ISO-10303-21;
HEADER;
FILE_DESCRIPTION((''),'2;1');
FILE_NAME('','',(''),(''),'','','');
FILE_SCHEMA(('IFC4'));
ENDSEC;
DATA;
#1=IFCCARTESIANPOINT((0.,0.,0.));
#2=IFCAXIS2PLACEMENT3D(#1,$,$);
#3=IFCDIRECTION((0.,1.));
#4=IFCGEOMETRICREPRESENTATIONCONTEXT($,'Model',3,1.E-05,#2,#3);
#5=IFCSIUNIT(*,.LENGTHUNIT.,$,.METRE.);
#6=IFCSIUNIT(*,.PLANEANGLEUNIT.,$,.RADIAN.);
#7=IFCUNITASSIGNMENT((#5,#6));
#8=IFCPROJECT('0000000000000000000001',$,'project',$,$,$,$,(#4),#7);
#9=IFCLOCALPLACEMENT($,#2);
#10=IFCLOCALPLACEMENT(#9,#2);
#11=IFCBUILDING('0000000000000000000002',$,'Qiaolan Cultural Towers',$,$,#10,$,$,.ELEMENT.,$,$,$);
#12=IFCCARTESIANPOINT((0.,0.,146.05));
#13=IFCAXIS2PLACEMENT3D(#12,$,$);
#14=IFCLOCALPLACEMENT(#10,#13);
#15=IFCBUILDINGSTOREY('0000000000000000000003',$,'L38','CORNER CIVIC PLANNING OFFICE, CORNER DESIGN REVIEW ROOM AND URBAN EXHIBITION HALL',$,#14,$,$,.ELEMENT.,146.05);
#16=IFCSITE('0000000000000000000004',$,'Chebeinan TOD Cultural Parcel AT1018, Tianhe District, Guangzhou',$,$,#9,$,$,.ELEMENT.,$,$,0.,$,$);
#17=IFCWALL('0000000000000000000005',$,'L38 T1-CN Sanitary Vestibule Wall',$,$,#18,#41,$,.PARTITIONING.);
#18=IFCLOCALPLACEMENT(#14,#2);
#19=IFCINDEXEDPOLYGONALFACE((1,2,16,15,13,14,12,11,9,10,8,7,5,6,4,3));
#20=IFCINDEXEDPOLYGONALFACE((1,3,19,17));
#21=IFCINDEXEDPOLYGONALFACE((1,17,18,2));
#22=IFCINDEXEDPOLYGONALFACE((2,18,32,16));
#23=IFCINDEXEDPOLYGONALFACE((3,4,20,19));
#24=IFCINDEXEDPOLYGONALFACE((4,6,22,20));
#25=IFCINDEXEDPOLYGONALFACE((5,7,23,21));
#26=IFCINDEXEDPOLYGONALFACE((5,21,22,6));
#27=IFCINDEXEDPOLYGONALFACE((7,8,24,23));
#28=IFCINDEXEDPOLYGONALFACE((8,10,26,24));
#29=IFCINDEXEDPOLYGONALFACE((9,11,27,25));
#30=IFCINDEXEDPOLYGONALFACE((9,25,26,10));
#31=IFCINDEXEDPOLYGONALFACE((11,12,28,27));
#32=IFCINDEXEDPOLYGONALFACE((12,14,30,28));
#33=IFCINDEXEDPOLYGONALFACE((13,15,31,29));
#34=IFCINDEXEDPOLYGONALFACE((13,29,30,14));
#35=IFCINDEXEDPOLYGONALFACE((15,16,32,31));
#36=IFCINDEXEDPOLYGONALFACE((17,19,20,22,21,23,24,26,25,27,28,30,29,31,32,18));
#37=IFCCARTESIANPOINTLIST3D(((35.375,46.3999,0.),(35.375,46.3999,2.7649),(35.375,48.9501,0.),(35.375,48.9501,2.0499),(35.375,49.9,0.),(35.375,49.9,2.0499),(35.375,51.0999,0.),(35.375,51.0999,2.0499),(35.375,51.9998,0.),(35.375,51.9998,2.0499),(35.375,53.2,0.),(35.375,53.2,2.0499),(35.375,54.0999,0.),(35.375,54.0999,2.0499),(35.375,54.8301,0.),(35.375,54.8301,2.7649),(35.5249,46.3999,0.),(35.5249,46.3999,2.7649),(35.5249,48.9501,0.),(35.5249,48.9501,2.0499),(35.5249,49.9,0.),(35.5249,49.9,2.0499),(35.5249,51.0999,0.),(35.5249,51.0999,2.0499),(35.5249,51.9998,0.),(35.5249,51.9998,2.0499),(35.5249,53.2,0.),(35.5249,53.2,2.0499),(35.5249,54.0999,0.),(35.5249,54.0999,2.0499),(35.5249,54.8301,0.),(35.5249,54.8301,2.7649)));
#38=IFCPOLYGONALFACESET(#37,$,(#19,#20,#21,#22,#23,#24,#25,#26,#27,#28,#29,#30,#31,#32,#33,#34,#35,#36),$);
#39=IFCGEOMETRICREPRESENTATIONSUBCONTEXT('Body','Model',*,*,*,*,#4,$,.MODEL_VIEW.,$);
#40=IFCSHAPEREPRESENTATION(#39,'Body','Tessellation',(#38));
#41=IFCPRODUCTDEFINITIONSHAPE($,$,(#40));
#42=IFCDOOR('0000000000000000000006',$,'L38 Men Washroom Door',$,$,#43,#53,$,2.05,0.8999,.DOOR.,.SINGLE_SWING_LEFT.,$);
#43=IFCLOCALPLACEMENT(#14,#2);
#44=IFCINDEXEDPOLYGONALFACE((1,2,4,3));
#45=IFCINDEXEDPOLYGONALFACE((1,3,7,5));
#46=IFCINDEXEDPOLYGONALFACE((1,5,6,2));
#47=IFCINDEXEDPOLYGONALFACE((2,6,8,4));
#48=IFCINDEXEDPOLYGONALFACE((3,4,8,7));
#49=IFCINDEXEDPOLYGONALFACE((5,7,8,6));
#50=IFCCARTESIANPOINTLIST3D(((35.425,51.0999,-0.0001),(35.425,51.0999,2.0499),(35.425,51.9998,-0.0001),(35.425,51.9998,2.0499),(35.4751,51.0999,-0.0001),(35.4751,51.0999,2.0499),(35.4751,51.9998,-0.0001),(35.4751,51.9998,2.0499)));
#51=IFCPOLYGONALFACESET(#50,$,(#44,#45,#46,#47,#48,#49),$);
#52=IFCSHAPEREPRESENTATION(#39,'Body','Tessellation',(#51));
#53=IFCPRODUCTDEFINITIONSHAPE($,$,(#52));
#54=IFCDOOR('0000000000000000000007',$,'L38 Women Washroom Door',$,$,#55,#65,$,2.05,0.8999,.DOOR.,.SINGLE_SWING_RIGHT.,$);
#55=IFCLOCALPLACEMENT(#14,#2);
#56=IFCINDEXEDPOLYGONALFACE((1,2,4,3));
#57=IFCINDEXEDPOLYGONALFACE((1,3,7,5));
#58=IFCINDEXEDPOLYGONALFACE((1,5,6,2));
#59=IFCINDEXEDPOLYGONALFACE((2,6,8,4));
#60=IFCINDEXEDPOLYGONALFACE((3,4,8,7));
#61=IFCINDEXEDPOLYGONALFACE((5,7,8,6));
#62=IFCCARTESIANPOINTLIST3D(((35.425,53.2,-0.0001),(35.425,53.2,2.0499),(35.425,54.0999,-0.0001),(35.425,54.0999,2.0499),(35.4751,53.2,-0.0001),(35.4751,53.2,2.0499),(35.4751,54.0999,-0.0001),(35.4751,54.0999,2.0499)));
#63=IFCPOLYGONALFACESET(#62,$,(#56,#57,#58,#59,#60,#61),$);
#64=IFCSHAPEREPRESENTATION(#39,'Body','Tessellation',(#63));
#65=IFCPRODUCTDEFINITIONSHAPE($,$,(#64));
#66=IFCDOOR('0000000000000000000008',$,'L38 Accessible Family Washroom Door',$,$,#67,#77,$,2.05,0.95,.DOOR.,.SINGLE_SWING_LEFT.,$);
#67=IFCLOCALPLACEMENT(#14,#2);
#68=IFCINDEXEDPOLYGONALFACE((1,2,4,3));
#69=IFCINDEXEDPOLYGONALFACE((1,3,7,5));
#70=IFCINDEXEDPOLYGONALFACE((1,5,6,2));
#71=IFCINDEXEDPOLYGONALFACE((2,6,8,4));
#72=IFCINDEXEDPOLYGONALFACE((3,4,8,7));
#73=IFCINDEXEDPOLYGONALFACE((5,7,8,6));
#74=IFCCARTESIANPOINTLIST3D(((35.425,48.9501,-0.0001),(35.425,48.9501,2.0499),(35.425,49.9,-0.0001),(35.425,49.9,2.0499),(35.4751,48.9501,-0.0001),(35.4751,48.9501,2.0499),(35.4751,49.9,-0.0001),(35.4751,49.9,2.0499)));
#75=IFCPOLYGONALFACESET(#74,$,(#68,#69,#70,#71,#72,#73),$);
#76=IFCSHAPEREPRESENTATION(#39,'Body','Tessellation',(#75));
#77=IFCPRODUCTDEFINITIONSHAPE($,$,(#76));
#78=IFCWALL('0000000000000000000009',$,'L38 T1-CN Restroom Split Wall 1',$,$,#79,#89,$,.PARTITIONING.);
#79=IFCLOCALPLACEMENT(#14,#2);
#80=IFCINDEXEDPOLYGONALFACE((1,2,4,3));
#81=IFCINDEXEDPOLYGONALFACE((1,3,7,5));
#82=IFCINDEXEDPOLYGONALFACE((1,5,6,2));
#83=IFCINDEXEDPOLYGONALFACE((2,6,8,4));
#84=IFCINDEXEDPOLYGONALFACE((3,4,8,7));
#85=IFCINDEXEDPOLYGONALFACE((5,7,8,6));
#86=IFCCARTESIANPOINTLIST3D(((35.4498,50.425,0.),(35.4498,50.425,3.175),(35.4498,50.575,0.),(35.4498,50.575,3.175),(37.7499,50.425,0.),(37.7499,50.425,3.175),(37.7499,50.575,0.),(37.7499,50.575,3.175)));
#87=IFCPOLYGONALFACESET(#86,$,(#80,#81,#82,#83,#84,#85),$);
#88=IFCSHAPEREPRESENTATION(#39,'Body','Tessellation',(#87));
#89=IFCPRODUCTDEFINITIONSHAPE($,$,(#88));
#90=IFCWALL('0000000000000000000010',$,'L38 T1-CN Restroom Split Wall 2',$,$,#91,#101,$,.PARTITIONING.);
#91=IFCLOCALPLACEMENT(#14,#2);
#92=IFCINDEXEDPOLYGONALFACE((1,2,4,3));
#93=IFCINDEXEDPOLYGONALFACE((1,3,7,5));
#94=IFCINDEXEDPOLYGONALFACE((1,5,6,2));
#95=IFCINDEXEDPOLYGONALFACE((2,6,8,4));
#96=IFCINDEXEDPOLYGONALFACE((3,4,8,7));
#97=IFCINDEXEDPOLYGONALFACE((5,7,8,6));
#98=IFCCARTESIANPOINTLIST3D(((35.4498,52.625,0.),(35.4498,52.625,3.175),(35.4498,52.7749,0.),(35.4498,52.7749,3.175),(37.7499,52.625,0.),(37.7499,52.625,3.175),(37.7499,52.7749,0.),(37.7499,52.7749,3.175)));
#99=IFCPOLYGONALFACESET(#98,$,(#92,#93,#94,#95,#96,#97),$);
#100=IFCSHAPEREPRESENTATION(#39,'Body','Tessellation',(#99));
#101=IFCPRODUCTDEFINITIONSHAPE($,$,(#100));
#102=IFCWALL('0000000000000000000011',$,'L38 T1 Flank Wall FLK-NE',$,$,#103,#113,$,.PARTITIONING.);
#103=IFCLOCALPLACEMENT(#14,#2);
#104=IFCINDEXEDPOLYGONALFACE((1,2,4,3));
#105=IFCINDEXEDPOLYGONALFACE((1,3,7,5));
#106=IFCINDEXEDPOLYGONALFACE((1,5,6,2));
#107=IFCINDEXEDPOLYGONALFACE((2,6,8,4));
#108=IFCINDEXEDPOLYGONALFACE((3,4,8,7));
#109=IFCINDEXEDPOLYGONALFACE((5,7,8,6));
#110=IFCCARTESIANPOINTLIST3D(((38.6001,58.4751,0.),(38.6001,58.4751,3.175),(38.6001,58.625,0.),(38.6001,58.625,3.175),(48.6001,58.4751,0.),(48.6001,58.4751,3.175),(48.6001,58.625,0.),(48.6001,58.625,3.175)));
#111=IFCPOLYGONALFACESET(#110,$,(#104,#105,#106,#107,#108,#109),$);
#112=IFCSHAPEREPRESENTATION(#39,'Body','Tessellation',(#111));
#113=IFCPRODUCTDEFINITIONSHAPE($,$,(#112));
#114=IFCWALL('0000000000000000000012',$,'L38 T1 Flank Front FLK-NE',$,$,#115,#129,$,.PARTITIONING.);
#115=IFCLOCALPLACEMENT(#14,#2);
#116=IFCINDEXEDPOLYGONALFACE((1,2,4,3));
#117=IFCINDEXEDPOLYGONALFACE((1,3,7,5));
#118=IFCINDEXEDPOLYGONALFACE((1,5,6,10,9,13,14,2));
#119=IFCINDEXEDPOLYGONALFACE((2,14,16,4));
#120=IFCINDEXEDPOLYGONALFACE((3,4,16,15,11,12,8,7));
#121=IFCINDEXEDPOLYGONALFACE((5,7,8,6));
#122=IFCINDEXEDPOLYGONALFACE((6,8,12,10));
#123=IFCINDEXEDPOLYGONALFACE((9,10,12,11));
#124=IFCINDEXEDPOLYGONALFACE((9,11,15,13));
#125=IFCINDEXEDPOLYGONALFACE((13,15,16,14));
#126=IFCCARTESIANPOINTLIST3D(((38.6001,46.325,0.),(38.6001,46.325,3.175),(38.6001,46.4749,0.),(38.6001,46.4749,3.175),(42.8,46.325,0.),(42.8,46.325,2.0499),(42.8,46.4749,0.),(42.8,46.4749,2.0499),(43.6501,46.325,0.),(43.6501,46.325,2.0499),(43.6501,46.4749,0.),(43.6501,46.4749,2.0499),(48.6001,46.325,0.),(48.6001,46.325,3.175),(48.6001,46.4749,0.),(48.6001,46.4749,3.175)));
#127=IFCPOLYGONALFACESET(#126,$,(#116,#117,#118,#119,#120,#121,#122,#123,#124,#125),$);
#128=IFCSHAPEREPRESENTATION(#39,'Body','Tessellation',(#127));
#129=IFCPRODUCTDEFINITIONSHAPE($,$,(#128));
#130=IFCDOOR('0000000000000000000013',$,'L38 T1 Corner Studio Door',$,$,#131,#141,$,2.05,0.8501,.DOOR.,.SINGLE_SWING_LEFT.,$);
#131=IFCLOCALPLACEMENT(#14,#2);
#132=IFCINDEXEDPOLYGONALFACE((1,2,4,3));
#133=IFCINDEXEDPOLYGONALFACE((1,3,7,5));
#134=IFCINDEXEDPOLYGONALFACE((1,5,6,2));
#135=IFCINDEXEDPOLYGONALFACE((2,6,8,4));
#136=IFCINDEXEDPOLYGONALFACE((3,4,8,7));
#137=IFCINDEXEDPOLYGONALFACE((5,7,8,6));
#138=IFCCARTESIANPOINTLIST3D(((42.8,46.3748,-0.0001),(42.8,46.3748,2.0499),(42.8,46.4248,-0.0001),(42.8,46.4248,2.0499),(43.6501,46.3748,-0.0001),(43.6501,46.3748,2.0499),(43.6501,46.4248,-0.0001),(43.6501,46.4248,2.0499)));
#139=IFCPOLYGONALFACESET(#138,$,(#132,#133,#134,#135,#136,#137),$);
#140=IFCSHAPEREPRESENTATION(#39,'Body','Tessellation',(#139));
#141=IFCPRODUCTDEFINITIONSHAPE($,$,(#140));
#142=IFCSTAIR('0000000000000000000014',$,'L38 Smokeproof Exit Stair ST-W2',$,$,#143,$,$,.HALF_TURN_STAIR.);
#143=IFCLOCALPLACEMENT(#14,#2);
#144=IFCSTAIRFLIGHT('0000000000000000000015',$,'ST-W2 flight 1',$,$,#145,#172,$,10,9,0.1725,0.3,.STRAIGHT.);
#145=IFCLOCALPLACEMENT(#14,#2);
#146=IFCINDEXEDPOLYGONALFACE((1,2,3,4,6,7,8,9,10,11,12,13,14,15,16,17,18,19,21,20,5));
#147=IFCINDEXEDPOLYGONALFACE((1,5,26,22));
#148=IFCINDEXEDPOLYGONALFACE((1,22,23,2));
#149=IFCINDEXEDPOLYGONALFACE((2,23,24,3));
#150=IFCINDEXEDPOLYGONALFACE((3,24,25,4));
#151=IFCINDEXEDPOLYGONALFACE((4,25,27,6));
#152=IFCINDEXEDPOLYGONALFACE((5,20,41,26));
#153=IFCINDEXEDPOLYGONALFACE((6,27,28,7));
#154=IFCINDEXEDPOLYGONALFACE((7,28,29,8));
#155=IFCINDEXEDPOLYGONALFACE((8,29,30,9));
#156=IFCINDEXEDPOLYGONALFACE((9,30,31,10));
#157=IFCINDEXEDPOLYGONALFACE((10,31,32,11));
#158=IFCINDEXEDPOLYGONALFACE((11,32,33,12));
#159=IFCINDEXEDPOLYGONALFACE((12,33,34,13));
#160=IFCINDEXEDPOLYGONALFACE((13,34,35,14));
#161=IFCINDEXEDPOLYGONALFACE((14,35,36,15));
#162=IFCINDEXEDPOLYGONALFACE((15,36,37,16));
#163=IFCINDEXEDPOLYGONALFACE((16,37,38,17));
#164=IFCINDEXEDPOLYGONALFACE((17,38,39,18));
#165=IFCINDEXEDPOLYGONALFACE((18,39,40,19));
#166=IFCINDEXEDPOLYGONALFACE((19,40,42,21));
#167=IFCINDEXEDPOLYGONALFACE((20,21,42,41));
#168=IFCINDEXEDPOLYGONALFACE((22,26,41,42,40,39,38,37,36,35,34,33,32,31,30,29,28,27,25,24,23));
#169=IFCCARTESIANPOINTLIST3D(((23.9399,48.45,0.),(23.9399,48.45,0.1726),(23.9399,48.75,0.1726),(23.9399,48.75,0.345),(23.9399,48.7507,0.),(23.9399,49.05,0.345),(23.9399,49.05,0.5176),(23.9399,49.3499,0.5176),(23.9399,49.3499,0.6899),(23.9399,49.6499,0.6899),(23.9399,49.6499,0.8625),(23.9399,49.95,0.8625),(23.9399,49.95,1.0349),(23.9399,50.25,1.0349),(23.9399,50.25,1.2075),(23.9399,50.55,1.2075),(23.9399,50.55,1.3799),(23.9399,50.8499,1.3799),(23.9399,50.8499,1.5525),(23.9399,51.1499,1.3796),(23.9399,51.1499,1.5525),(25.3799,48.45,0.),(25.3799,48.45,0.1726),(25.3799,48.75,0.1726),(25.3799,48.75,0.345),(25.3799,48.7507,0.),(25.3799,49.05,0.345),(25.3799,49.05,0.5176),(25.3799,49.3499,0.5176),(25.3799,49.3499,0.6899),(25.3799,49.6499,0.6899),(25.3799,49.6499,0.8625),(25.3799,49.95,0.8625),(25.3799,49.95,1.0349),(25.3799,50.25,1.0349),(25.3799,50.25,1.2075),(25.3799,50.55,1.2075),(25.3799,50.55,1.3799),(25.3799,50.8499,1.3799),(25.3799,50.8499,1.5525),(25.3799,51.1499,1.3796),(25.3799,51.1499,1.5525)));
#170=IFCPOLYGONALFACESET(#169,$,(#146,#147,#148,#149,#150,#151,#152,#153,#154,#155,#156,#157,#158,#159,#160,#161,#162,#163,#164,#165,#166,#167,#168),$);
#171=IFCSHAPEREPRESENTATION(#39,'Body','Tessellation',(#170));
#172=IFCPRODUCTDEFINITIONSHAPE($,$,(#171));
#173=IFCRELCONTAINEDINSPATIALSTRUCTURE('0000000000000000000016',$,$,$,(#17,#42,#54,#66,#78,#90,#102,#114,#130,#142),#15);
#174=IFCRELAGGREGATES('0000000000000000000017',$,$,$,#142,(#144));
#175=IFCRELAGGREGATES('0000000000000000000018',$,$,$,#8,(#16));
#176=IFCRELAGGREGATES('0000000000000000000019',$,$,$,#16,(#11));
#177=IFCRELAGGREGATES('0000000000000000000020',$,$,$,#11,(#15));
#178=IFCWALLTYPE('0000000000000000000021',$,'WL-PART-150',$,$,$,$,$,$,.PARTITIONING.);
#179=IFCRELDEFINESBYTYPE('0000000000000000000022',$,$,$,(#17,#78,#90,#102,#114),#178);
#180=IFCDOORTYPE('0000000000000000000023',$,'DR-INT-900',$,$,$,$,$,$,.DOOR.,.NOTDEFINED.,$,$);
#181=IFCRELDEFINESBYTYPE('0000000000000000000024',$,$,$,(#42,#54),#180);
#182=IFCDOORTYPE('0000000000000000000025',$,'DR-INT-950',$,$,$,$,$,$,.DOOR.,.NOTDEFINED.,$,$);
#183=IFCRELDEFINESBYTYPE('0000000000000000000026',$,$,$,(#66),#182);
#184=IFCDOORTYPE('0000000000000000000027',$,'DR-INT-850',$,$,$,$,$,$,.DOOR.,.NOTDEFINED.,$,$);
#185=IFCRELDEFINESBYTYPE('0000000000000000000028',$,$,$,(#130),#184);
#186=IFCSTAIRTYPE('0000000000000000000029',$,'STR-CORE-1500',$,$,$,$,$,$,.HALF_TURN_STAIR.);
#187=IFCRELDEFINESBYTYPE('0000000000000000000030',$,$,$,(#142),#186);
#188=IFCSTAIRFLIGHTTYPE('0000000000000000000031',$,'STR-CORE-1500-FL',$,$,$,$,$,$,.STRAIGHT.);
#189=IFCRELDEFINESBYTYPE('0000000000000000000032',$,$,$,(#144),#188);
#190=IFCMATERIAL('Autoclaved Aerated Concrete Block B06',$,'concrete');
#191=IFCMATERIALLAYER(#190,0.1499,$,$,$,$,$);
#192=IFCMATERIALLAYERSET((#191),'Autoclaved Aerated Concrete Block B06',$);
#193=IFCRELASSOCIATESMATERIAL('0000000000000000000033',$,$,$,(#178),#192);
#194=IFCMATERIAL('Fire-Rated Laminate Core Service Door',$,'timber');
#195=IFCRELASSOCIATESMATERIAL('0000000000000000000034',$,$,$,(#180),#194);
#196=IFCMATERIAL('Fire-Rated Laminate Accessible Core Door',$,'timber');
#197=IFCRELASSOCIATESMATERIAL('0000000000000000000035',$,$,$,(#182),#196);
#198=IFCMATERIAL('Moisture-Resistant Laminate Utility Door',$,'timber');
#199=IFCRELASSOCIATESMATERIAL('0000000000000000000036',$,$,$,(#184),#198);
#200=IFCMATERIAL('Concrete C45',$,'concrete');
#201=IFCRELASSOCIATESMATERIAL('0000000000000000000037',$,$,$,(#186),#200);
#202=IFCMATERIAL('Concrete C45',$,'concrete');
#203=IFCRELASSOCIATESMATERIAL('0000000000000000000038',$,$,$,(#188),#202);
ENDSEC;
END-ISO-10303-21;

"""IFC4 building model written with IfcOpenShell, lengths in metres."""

from ifc_helpers import new_model, si_unit, direction, frame, frame_2d, origin, place, context, subcontext, project, spatial, polyline, rectangle, outline, extrude, material, layer, layer_set, type_object, element, fill, aggregate, save


model = new_model("IFC4")

# Units and contexts
model_context = context("Model", 3, precision=1e-05, world=origin(), true_north=direction((0.0, 1.0)))
body_context = subcontext(model_context, "Body", "Model", "MODEL_VIEW")
ifc_project = project(units=[si_unit("LENGTHUNIT", "METRE"), si_unit("PLANEANGLEUNIT", "RADIAN")], contexts=[model_context])

# Site, building, storey
site_placement = place(None, origin())
site = spatial("IfcSite", under=ifc_project, at=site_placement, Name="Chebeinan TOD Cultural Parcel AT1018, Tianhe District, Guangzhou", CompositionType="ELEMENT", RefElevation=0.0)
building_placement = place(site_placement, origin())
building = spatial("IfcBuilding", under=site, at=building_placement, Name="Qiaolan Cultural Towers", CompositionType="ELEMENT")
storey_placement = place(building_placement, frame((0.0, 0.0, 146.05)))
storey = spatial("IfcBuildingStorey", under=building, at=storey_placement, Name="L38", Description="CORNER CIVIC PLANNING OFFICE, CORNER DESIGN REVIEW ROOM AND URBAN EXHIBITION HALL", CompositionType="ELEMENT", Elevation=146.05)

# Wall, openings, doors
ifc_material_1 = material(Name="Autoclaved Aerated Concrete Block B06", Category="concrete")
ifc_layer_1 = layer(ifc_material_1, 0.1499)
ifc_layer_set_1 = layer_set([ifc_layer_1], Name="Autoclaved Aerated Concrete Block B06")
wall_type_1 = type_object("IfcWallType", Name="WL-PART-150", PredefinedType="PARTITIONING", material=ifc_layer_set_1)
wall_1_placement = place(storey_placement, frame((35.45, 46.3999, 0.0), z_axis=(0.0, 0.0, 1.0), x_axis=(0.0, 1.0, 0.0)))
wall_1 = element("IfcWall", 1, at=wall_1_placement, inside=storey, type_object=wall_type_1, Name="L38 T1-CN Sanitary Vestibule Wall", PredefinedType="PARTITIONING", context=body_context, shape_type="SweptSolid", body=[
    extrude(rectangle(XDim=8.4302, YDim=0.1499, at=frame_2d((4.2151, 0.0))), origin(), (0.0, 0.0, 1.0), 2.7649),
])
opening_1_placement = place(wall_1_placement, frame((2.55, 0.0, 0.0)))
opening_1 = element("IfcOpeningElement", 2, at=opening_1_placement, cuts=wall_1, PredefinedType="OPENING", context=body_context, shape_type="SweptSolid", body=[
    extrude(rectangle(XDim=0.95, YDim=2.05, at=frame_2d((0.4751, 1.0249))), frame((0.0, 0.085, 0.0), z_axis=(0.0, -1.0, 0.0), x_axis=(1.0, 0.0, 0.0)), (0.0, 0.0, 1.0), 0.1699),
])
opening_2_placement = place(wall_1_placement, frame((4.7, 0.0, 0.0)))
opening_2 = element("IfcOpeningElement", 3, at=opening_2_placement, cuts=wall_1, PredefinedType="OPENING", context=body_context, shape_type="SweptSolid", body=[
    extrude(rectangle(XDim=0.8999, YDim=2.05, at=frame_2d((0.45, 1.0249))), frame((0.0, 0.085, 0.0), z_axis=(0.0, -1.0, 0.0), x_axis=(1.0, 0.0, 0.0)), (0.0, 0.0, 1.0), 0.1699),
])
opening_3_placement = place(wall_1_placement, frame((6.8, 0.0, 0.0)))
opening_3 = element("IfcOpeningElement", 4, at=opening_3_placement, cuts=wall_1, PredefinedType="OPENING", context=body_context, shape_type="SweptSolid", body=[
    extrude(rectangle(XDim=0.8999, YDim=2.05, at=frame_2d((0.45, 1.0249))), frame((0.0, 0.085, 0.0), z_axis=(0.0, -1.0, 0.0), x_axis=(1.0, 0.0, 0.0)), (0.0, 0.0, 1.0), 0.1699),
])
ifc_material_2 = material(Name="Fire-Rated Laminate Core Service Door", Category="timber")
door_type_1 = type_object("IfcDoorType", Name="DR-INT-900", OperationType="NOTDEFINED", PredefinedType="DOOR", material=ifc_material_2)
door_1_placement = place(opening_2_placement, origin())
door_1 = element("IfcDoor", 5, at=door_1_placement, inside=storey, type_object=door_type_1, Name="L38 Men Washroom Door", OperationType="SINGLE_SWING_LEFT", OverallHeight=2.05, OverallWidth=0.8999, PredefinedType="DOOR", context=body_context, shape_type="SweptSolid", body=[
    extrude(rectangle(XDim=0.8999, YDim=2.05, at=frame_2d((0.45, 1.0249))), frame((0.0, 0.0249, 0.0), z_axis=(0.0, -1.0, 0.0), x_axis=(1.0, 0.0, 0.0)), (0.0, 0.0, 1.0), 0.05),
])
fill(opening_2, door_1)
door_2_placement = place(opening_3_placement, origin())
door_2 = element("IfcDoor", 6, at=door_2_placement, inside=storey, type_object=door_type_1, Name="L38 Women Washroom Door", OperationType="SINGLE_SWING_RIGHT", OverallHeight=2.05, OverallWidth=0.8999, PredefinedType="DOOR", context=body_context, shape_type="SweptSolid", body=[
    extrude(rectangle(XDim=0.8999, YDim=2.05, at=frame_2d((0.45, 1.0249))), frame((0.0, 0.0249, 0.0), z_axis=(0.0, -1.0, 0.0), x_axis=(1.0, 0.0, 0.0)), (0.0, 0.0, 1.0), 0.05),
])
fill(opening_3, door_2)
ifc_material_3 = material(Name="Fire-Rated Laminate Accessible Core Door", Category="timber")
door_type_2 = type_object("IfcDoorType", Name="DR-INT-950", OperationType="NOTDEFINED", PredefinedType="DOOR", material=ifc_material_3)
door_3_placement = place(opening_1_placement, origin())
door_3 = element("IfcDoor", 7, at=door_3_placement, inside=storey, type_object=door_type_2, Name="L38 Accessible Family Washroom Door", OperationType="SINGLE_SWING_LEFT", OverallHeight=2.05, OverallWidth=0.95, PredefinedType="DOOR", context=body_context, shape_type="SweptSolid", body=[
    extrude(rectangle(XDim=0.95, YDim=2.05, at=frame_2d((0.4751, 1.0249))), frame((0.0, 0.0249, 0.0), z_axis=(0.0, -1.0, 0.0), x_axis=(1.0, 0.0, 0.0)), (0.0, 0.0, 1.0), 0.05),
])
fill(opening_1, door_3)

# Walls
for number, where, z_axis, x_axis, name in (
    (8, (35.45, 50.5, 0.0), (0.0, 0.0, 1.0), (1.0, 0.0, 0.0), "L38 T1-CN Restroom Split Wall 1"),
    (9, (35.45, 52.7, 0.0), (0.0, 0.0, 1.0), (1.0, 0.0, 0.0), "L38 T1-CN Restroom Split Wall 2"),
):
    element("IfcWall", number, at=place(storey_placement, frame(where, z_axis=z_axis, x_axis=x_axis)), inside=storey, type_object=wall_type_1, Name=name, PredefinedType="PARTITIONING", context=body_context, shape_type="SweptSolid", body=[
        extrude(rectangle(XDim=2.3, YDim=0.1499, at=frame_2d((1.1499, 0.0))), origin(), (0.0, 0.0, 1.0), 3.175),
    ])
wall_2_placement = place(storey_placement, frame((38.6001, 58.55, 0.0), z_axis=(0.0, 0.0, 1.0), x_axis=(1.0, 0.0, 0.0)))
element("IfcWall", 10, at=wall_2_placement, inside=storey, type_object=wall_type_1, Name="L38 T1 Flank Wall FLK-NE", PredefinedType="PARTITIONING", context=body_context, shape_type="SweptSolid", body=[
    extrude(rectangle(XDim=10.0, YDim=0.1499, at=frame_2d((5.0, 0.0))), origin(), (0.0, 0.0, 1.0), 3.175),
])

# Wall, opening, door
wall_3_placement = place(storey_placement, frame((38.6001, 46.3999, 0.0), z_axis=(0.0, 0.0, 1.0), x_axis=(1.0, 0.0, 0.0)))
wall_3 = element("IfcWall", 11, at=wall_3_placement, inside=storey, type_object=wall_type_1, Name="L38 T1 Flank Front FLK-NE", PredefinedType="PARTITIONING", context=body_context, shape_type="SweptSolid", body=[
    extrude(rectangle(XDim=10.0, YDim=0.1499, at=frame_2d((5.0, 0.0))), origin(), (0.0, 0.0, 1.0), 3.175),
])
opening_4_placement = place(wall_3_placement, frame((4.2, 0.0, 0.0)))
opening_4 = element("IfcOpeningElement", 12, at=opening_4_placement, cuts=wall_3, PredefinedType="OPENING", context=body_context, shape_type="SweptSolid", body=[
    extrude(rectangle(XDim=0.8501, YDim=2.05, at=frame_2d((0.425, 1.0249))), frame((0.0, 0.085, 0.0), z_axis=(0.0, -1.0, 0.0), x_axis=(1.0, 0.0, 0.0)), (0.0, 0.0, 1.0), 0.1699),
])
ifc_material_4 = material(Name="Moisture-Resistant Laminate Utility Door", Category="timber")
door_type_3 = type_object("IfcDoorType", Name="DR-INT-850", OperationType="NOTDEFINED", PredefinedType="DOOR", material=ifc_material_4)
door_4_placement = place(opening_4_placement, origin())
door_4 = element("IfcDoor", 13, at=door_4_placement, inside=storey, type_object=door_type_3, Name="L38 T1 Corner Studio Door", OperationType="SINGLE_SWING_LEFT", OverallHeight=2.05, OverallWidth=0.8501, PredefinedType="DOOR", context=body_context, shape_type="SweptSolid", body=[
    extrude(rectangle(XDim=0.8501, YDim=2.05, at=frame_2d((0.425, 1.0249))), frame((0.0, 0.0249, 0.0), z_axis=(0.0, -1.0, 0.0), x_axis=(1.0, 0.0, 0.0)), (0.0, 0.0, 1.0), 0.05),
])
fill(opening_4, door_4)

# Stair, stair flight
ifc_material_5 = material(Name="Concrete C45", Category="concrete")
stair_type = type_object("IfcStairType", Name="STR-CORE-1500", PredefinedType="HALF_TURN_STAIR", material=ifc_material_5)
stair_placement = place(storey_placement, origin())
stair = element("IfcStair", 14, at=stair_placement, inside=storey, type_object=stair_type, Name="L38 Smokeproof Exit Stair ST-W2", PredefinedType="HALF_TURN_STAIR")
ifc_material_6 = material(Name="Concrete C45", Category="concrete")
stair_flight_type = type_object("IfcStairFlightType", Name="STR-CORE-1500-FL", PredefinedType="STRAIGHT", material=ifc_material_6)
stair_flight_placement = place(storey_placement, frame((24.6599, 48.45, 0.0), z_axis=(0.0, 0.0, 1.0), x_axis=(0.0, 1.0, 0.0)))
stair_flight = element("IfcStairFlight", 15, at=stair_flight_placement, type_object=stair_flight_type, Name="ST-W2 flight 1", NumberOfRisers=10, NumberOfTreads=9, PredefinedType="STRAIGHT", RiserHeight=0.1725, TreadLength=0.3, context=body_context, shape_type="SweptSolid", body=[
    extrude(outline(polyline([(0.0, 0.0), (0.0, 0.1726), (0.3, 0.1726), (0.3, 0.345), (0.6001, 0.345), (0.6001, 0.5176), (0.8999, 0.5176), (0.8999, 0.6899), (1.2, 0.6899), (1.2, 0.8625), (1.5, 0.8625), (1.5, 1.0349), (1.8, 1.0349), (1.8, 1.2075), (2.1001, 1.2075), (2.1001, 1.3799), (2.3999, 1.3799), (2.3999, 1.5525), (2.7, 1.5525), (2.7, 1.7251), (2.7, 1.3796), (0.3008, 0.0), (0.0, 0.0)])), frame((0.0, 0.72, 0.0), z_axis=(0.0, -1.0, 0.0), x_axis=(1.0, 0.0, 0.0)), (0.0, 0.0, 1.0), 1.4399),
])
aggregate(stair, [stair_flight])

save(model, "model.ifc")
